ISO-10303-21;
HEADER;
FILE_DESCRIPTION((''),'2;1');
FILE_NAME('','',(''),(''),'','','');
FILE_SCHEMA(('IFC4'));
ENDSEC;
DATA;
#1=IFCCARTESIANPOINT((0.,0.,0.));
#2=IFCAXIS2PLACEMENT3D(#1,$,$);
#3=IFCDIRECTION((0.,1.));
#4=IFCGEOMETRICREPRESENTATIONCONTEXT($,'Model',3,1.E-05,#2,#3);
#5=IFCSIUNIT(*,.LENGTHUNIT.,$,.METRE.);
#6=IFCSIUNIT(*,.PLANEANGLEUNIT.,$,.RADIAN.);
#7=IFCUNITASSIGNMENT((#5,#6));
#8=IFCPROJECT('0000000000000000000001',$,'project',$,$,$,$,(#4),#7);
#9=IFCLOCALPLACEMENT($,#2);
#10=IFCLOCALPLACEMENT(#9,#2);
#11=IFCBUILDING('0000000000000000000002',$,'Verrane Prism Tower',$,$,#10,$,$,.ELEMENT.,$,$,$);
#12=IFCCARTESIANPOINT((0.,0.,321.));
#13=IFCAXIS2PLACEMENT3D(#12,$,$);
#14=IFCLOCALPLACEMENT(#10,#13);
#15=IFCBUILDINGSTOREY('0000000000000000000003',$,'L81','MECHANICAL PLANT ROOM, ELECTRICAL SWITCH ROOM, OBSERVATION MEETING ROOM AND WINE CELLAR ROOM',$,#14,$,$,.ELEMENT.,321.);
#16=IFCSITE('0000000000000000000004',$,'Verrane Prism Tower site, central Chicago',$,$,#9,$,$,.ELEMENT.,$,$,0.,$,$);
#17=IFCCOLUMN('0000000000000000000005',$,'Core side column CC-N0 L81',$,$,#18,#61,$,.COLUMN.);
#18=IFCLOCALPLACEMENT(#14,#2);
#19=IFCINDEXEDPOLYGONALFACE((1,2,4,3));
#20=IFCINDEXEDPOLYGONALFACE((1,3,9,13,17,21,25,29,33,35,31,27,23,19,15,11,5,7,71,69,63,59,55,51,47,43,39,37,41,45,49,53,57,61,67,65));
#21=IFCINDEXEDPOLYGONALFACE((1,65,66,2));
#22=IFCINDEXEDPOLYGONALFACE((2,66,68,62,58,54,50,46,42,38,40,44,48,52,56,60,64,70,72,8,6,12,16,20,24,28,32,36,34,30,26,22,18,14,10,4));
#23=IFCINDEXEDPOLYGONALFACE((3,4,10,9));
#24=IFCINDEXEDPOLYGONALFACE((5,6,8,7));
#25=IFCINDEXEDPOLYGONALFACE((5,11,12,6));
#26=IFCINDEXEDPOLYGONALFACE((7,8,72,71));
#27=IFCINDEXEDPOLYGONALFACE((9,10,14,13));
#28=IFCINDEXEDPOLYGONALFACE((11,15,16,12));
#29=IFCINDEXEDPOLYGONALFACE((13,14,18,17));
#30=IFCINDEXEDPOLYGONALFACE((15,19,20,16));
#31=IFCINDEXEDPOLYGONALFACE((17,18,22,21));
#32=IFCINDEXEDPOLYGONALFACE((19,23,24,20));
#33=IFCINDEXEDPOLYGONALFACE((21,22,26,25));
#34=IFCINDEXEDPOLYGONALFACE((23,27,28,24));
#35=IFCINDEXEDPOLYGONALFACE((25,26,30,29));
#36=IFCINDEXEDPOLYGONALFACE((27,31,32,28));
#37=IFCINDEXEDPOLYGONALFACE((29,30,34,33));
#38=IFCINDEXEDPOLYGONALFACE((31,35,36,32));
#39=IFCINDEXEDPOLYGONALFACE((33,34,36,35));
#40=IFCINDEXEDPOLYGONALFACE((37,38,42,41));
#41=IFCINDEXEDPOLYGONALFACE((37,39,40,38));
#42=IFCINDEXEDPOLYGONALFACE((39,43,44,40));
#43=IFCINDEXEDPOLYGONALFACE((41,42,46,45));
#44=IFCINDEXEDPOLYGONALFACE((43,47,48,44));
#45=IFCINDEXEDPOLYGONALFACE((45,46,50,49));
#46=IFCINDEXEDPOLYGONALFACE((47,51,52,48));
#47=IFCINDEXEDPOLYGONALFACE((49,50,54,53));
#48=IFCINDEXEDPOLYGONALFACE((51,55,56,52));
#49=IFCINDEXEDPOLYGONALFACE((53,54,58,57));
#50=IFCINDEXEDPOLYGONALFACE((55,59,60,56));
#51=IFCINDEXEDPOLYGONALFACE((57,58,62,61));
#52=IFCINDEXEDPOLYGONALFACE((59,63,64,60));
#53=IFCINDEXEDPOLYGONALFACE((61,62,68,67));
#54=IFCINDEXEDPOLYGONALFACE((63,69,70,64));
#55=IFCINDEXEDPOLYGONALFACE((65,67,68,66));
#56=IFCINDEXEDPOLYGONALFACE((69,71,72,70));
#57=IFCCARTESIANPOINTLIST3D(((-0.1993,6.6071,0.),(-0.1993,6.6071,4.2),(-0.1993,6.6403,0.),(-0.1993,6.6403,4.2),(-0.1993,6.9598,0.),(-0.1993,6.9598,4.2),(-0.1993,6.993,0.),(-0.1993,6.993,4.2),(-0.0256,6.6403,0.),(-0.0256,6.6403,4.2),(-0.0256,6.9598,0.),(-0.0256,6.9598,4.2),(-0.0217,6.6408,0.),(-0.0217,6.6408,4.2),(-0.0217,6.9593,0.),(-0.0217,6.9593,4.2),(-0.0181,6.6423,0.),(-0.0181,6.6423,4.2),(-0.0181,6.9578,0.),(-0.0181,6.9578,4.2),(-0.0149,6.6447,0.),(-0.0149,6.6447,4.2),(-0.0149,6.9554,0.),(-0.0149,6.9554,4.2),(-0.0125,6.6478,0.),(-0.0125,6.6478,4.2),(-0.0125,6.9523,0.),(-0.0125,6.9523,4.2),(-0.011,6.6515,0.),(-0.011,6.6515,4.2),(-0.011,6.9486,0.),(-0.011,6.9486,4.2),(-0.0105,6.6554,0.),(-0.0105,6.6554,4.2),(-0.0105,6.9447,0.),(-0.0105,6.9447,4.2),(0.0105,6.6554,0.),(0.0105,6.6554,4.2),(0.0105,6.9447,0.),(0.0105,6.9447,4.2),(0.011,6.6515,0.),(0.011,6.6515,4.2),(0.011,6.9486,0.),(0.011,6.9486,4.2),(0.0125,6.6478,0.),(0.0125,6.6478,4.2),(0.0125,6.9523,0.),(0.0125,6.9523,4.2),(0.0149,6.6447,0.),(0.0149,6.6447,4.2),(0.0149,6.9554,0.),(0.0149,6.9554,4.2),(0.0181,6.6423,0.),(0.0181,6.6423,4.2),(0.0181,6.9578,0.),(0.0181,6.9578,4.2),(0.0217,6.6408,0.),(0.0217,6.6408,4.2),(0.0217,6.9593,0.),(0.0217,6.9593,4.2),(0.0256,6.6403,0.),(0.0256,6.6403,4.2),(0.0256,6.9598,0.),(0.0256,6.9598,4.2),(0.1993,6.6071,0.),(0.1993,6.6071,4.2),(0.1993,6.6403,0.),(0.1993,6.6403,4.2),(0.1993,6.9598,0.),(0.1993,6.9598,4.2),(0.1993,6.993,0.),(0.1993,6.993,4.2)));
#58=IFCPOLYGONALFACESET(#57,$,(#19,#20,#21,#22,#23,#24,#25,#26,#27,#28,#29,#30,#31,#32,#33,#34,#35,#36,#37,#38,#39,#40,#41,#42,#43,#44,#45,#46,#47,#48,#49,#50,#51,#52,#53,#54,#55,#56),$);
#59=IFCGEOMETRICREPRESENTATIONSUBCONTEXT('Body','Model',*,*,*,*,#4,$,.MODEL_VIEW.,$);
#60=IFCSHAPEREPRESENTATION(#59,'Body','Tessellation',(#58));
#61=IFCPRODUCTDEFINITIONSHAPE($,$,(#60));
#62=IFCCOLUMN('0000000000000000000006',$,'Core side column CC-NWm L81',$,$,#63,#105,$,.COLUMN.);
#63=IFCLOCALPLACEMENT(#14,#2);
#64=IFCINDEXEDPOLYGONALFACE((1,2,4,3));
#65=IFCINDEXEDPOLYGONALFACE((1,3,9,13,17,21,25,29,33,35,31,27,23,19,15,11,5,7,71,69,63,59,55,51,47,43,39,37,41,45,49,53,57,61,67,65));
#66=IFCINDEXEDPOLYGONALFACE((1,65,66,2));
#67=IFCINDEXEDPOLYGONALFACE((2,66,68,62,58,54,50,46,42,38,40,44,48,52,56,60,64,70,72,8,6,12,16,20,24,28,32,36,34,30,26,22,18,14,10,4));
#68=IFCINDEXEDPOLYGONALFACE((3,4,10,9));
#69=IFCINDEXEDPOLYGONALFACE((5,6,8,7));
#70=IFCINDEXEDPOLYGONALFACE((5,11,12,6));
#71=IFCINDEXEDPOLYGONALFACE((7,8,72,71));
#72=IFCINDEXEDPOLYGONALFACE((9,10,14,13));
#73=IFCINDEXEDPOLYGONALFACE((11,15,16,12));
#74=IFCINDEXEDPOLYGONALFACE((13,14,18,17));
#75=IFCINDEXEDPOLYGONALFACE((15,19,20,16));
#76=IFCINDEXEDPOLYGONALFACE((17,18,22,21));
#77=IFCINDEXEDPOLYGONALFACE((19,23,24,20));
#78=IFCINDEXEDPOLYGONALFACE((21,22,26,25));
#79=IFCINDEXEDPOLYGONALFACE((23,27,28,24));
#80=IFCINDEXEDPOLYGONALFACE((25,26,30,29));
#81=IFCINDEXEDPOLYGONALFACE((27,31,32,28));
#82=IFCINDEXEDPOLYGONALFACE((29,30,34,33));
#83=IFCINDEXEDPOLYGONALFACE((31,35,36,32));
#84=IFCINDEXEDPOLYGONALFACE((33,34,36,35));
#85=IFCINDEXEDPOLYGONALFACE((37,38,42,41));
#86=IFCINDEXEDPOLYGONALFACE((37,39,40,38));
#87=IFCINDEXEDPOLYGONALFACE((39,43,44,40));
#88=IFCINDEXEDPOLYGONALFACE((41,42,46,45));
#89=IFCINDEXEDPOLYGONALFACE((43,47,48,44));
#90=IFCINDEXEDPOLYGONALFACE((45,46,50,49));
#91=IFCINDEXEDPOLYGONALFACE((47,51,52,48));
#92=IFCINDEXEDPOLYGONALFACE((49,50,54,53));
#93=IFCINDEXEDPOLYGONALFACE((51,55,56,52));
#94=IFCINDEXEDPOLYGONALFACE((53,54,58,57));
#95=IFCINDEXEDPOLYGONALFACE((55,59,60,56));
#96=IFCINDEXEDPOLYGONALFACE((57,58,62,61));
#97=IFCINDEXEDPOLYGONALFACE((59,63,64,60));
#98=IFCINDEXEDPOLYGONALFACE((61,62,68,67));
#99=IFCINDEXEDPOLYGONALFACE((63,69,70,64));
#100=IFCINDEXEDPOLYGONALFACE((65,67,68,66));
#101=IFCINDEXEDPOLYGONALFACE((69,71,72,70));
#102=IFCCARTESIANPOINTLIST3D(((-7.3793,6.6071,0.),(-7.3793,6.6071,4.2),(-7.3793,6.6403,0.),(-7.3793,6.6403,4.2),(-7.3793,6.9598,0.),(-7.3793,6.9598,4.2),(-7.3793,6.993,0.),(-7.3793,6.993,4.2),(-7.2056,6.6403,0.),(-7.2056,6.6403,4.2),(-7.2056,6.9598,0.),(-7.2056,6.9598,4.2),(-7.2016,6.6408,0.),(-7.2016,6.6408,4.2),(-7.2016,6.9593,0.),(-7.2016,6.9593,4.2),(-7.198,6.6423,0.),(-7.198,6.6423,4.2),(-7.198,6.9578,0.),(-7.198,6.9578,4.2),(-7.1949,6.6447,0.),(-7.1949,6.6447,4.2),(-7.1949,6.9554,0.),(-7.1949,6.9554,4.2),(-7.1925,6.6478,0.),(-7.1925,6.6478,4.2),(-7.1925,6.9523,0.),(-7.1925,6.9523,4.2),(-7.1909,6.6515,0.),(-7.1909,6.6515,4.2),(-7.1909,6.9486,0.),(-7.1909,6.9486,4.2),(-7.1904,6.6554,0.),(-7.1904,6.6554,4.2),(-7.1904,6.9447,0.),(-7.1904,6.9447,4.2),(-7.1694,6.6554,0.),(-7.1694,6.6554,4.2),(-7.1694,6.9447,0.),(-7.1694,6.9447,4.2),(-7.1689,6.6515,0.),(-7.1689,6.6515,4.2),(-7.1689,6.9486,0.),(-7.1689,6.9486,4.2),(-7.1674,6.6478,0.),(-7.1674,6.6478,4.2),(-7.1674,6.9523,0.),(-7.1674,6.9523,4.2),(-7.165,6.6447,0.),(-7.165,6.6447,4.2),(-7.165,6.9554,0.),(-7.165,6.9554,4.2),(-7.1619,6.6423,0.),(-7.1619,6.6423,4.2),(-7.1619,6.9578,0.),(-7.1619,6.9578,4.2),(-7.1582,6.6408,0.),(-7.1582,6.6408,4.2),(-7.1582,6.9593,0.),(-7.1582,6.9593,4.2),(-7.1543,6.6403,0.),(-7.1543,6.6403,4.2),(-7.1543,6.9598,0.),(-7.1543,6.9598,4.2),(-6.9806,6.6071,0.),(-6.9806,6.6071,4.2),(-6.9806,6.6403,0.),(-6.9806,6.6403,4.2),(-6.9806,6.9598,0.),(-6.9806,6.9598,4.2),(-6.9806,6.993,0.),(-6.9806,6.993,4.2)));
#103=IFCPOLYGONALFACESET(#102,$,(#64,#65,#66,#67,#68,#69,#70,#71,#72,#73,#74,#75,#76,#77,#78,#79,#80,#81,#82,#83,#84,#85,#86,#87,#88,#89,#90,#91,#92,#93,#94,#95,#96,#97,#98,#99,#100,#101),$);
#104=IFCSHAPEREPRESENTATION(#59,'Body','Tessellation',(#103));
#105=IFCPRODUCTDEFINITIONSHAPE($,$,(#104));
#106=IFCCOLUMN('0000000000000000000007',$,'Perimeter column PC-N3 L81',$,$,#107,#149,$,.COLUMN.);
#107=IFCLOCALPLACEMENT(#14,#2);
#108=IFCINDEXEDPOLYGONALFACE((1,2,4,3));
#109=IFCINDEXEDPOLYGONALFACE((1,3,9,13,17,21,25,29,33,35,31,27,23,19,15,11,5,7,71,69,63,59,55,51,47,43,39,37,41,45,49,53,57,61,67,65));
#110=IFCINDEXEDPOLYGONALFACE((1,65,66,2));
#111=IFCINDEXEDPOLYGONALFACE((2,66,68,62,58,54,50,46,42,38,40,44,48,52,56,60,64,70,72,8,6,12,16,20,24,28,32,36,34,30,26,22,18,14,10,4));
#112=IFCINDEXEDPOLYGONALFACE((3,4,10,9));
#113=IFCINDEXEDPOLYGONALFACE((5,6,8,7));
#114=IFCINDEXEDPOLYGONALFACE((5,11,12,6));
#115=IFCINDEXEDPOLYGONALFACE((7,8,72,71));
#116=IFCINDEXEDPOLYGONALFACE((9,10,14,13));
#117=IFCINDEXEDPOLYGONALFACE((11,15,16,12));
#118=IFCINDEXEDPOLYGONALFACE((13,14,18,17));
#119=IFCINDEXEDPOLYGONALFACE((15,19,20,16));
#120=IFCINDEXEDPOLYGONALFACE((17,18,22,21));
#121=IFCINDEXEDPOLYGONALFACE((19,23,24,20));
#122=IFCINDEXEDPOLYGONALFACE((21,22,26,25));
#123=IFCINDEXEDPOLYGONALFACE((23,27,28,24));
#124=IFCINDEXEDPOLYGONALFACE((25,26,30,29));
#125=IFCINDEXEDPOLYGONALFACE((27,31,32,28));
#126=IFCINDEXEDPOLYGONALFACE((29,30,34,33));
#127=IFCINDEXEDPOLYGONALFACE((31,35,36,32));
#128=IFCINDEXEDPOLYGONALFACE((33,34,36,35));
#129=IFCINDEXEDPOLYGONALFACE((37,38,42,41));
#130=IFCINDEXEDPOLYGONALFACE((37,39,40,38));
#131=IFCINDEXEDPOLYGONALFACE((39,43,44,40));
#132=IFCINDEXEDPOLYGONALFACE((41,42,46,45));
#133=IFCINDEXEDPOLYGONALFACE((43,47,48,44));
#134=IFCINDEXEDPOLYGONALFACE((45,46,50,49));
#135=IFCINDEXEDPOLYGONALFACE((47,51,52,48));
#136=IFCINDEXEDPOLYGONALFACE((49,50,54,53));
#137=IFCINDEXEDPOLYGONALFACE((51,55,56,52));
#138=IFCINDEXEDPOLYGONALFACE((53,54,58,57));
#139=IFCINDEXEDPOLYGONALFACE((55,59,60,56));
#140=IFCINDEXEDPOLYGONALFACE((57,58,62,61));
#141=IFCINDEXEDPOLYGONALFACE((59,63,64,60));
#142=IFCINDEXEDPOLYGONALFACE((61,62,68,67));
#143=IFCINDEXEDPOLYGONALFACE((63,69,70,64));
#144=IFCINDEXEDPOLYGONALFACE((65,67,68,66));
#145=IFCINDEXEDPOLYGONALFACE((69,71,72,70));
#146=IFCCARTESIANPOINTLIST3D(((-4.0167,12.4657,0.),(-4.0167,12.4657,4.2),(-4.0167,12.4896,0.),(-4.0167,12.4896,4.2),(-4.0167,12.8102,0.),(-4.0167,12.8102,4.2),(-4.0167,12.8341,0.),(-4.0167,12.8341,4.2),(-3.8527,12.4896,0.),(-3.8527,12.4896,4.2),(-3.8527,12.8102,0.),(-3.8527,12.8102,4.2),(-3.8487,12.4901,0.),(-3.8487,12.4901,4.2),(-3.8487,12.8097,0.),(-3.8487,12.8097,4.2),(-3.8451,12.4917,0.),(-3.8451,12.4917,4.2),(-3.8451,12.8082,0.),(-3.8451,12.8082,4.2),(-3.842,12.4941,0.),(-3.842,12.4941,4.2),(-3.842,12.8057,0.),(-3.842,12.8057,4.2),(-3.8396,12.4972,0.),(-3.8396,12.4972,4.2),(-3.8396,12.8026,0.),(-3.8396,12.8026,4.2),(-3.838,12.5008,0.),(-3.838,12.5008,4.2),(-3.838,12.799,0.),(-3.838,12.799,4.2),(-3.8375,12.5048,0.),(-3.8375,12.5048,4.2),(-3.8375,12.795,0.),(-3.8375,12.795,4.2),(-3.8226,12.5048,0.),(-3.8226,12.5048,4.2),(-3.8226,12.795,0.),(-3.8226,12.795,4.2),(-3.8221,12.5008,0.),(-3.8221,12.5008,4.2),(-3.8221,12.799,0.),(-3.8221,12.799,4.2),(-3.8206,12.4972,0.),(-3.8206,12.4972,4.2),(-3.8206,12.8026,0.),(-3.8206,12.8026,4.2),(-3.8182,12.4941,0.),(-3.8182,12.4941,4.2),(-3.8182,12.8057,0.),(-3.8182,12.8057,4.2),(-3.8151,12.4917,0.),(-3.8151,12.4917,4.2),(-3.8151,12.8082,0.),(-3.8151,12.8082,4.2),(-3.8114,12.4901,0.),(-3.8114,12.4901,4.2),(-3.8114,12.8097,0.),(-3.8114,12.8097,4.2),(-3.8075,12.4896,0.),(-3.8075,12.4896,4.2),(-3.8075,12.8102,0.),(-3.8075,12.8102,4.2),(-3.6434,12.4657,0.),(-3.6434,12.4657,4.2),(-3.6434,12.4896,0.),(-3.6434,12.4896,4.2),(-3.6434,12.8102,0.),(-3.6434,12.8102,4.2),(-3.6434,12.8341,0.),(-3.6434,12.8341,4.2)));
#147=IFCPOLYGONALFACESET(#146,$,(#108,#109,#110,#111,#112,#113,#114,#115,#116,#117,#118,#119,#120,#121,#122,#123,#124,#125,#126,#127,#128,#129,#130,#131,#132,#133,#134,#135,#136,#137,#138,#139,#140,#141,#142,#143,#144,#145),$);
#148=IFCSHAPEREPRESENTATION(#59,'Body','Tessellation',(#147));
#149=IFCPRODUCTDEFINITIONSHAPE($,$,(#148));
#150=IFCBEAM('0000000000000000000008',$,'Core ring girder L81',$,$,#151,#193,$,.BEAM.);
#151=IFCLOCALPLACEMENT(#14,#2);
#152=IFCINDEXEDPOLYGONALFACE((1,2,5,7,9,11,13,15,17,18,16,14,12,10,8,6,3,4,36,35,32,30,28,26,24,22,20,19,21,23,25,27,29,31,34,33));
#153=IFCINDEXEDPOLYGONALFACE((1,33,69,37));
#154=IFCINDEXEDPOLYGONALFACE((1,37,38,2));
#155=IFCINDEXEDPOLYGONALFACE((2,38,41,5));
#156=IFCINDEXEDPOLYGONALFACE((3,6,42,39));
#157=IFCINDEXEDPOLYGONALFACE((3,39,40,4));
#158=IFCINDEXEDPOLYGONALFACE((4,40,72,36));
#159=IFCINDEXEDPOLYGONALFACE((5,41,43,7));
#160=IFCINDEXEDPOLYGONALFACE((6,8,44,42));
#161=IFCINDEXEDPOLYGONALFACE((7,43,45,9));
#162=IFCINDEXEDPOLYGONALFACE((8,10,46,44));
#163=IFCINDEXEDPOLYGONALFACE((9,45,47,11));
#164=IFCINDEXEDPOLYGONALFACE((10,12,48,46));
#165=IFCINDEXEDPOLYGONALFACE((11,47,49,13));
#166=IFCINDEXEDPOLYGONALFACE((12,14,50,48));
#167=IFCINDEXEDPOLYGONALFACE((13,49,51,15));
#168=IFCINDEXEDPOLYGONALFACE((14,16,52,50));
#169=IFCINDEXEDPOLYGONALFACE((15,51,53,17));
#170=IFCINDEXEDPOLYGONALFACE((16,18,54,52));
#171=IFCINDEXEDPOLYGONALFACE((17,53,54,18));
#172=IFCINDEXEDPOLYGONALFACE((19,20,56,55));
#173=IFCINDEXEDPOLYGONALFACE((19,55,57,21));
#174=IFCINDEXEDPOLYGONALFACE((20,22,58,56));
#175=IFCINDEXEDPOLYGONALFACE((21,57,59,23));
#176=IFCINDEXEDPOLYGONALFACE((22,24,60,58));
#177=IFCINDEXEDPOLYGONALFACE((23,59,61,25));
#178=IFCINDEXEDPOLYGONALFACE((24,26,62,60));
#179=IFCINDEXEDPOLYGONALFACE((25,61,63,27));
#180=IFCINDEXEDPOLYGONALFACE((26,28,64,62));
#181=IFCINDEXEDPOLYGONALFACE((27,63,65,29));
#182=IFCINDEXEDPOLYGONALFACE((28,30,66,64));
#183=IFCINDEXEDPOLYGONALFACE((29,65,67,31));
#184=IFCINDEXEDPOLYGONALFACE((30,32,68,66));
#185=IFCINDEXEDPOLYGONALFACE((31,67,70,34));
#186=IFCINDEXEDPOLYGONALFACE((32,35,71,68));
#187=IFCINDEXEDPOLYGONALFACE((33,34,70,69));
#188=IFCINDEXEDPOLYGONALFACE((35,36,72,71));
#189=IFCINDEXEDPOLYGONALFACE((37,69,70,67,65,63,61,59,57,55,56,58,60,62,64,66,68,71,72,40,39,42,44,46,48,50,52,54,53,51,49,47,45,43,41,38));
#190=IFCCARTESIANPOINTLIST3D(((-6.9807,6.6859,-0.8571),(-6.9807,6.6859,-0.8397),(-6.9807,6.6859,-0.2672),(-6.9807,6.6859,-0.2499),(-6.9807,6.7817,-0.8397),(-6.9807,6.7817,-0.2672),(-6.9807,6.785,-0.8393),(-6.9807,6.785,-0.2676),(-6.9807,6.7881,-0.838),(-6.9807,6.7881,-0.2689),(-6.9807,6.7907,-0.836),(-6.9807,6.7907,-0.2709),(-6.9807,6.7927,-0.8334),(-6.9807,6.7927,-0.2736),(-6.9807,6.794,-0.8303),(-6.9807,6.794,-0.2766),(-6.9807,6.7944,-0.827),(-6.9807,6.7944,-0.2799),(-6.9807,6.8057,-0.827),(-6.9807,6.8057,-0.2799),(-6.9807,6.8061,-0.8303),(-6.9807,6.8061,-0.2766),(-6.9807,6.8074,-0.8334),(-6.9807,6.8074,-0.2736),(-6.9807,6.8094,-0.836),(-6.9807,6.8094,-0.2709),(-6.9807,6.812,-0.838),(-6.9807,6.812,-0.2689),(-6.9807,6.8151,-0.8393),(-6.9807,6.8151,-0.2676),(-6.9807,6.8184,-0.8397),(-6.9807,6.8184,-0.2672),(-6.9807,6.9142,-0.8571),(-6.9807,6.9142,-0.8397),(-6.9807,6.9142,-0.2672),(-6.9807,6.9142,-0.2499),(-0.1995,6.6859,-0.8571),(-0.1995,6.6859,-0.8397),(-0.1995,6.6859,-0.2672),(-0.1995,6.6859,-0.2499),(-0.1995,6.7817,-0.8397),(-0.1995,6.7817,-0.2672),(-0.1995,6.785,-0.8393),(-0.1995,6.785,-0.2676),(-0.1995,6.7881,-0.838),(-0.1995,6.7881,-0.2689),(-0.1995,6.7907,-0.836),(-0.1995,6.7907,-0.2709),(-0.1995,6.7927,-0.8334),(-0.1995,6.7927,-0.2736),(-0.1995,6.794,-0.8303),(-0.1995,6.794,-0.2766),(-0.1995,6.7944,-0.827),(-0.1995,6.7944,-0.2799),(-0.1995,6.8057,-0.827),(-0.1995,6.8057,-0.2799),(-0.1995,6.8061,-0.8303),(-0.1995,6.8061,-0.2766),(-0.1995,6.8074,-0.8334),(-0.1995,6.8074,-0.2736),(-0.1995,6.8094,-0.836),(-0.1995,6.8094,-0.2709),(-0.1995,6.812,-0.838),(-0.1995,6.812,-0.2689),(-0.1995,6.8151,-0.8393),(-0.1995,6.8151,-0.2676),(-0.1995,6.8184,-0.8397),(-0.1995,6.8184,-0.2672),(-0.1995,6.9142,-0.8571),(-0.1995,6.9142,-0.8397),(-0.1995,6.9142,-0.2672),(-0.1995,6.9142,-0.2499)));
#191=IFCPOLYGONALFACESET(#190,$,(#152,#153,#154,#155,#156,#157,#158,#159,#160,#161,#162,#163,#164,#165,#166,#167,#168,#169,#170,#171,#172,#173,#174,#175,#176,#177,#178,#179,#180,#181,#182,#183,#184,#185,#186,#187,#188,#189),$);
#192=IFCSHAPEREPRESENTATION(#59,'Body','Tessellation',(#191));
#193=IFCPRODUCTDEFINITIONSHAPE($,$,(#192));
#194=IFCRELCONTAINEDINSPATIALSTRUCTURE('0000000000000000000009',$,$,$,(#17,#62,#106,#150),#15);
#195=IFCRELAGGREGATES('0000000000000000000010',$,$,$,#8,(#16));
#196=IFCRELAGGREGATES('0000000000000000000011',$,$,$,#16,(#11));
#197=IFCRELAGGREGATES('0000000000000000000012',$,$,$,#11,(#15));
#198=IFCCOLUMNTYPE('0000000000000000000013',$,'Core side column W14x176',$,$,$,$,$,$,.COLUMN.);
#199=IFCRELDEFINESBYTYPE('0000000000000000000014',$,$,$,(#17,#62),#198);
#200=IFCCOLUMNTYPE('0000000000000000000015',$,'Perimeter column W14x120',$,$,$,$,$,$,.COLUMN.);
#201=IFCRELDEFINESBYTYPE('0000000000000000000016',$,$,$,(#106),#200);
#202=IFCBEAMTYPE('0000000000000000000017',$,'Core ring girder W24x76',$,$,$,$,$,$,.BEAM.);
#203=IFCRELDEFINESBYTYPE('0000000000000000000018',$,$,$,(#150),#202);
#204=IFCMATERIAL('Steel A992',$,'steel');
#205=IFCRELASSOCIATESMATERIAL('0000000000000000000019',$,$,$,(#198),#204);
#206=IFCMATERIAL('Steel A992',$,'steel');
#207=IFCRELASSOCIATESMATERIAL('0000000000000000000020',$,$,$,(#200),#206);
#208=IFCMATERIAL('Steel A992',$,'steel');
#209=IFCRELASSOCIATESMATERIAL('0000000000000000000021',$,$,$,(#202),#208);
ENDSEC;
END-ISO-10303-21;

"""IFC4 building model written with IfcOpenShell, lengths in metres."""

from ifc_helpers import new_model, si_unit, direction, frame, origin, origin_2d, place, context, subcontext, project, spatial, i_section, extrude, material, material_profile, profile_set, type_object, element, save


model = new_model("IFC4")

# Units and contexts
model_context = context("Model", 3, precision=1e-05, world=origin(), true_north=direction((0.0, 1.0)))
body_context = subcontext(model_context, "Body", "Model", "MODEL_VIEW")
ifc_project = project(units=[si_unit("LENGTHUNIT", "METRE"), si_unit("PLANEANGLEUNIT", "RADIAN")], contexts=[model_context])

# Site, building, storey
site_placement = place(None, origin())
site = spatial("IfcSite", under=ifc_project, at=site_placement, Name="Verrane Prism Tower site, central Chicago", CompositionType="ELEMENT", RefElevation=0.0)
building_placement = place(site_placement, origin())
building = spatial("IfcBuilding", under=site, at=building_placement, Name="Verrane Prism Tower", CompositionType="ELEMENT")
storey_placement = place(building_placement, frame((0.0, 0.0, 321.0)))
storey = spatial("IfcBuildingStorey", under=building, at=storey_placement, Name="L81", Description="MECHANICAL PLANT ROOM, ELECTRICAL SWITCH ROOM, OBSERVATION MEETING ROOM AND WINE CELLAR ROOM", CompositionType="ELEMENT", Elevation=321.0)

# Columns
ifc_material_1 = material(Name="Steel A992", Category="steel")
ifc_material_profile_1 = material_profile(ifc_material_1, i_section(OverallWidth=0.3987, OverallDepth=0.386, WebThickness=0.021, FlangeThickness=0.0332, FilletRadius=0.0151, at=origin_2d()), Name="W14x176")
ifc_profile_set_1 = profile_set([ifc_material_profile_1], Name="Steel A992")
column_type_1 = type_object("IfcColumnType", Name="Core side column W14x176", PredefinedType="COLUMN", material=ifc_profile_set_1)
for number, where, z_axis, x_axis, name in (
    (1, (0.0, 6.8, 0.0), (0.0, 0.0, 1.0), (1.0, 0.0, 0.0), "Core side column CC-N0 L81"),
    (2, (-7.1799, 6.8, 0.0), (0.0, 0.0, 1.0), (1.0, 0.0, 0.0), "Core side column CC-NWm L81"),
):
    element("IfcColumn", number, at=place(storey_placement, frame(where, z_axis=z_axis, x_axis=x_axis)), inside=storey, type_object=column_type_1, Name=name, PredefinedType="COLUMN", context=body_context, shape_type="SweptSolid", body=[
        extrude(i_section(OverallWidth=0.3987, OverallDepth=0.386, WebThickness=0.021, FlangeThickness=0.0332, FilletRadius=0.0151, at=origin_2d()), origin(), (0.0, 0.0, 1.0), 4.2),
    ])
ifc_material_2 = material(Name="Steel A992", Category="steel")
ifc_material_profile_2 = material_profile(ifc_material_2, i_section(OverallWidth=0.3733, OverallDepth=0.3684, WebThickness=0.0149, FlangeThickness=0.0239, FilletRadius=0.0151, at=origin_2d()), Name="W14x120")
ifc_profile_set_2 = profile_set([ifc_material_profile_2], Name="Steel A992")
column_type_2 = type_object("IfcColumnType", Name="Perimeter column W14x120", PredefinedType="COLUMN", material=ifc_profile_set_2)
column_placement = place(storey_placement, frame((-3.8301, 12.6499, 0.0), z_axis=(0.0, 0.0, 1.0), x_axis=(1.0, 0.0, 0.0)))
element("IfcColumn", 3, at=column_placement, inside=storey, type_object=column_type_2, Name="Perimeter column PC-N3 L81", PredefinedType="COLUMN", context=body_context, shape_type="SweptSolid", body=[
    extrude(i_section(OverallWidth=0.3733, OverallDepth=0.3684, WebThickness=0.0149, FlangeThickness=0.0239, FilletRadius=0.0151, at=origin_2d()), origin(), (0.0, 0.0, 1.0), 4.2),
])

# Beam
ifc_material_3 = material(Name="Steel A992", Category="steel")
ifc_material_profile_3 = material_profile(ifc_material_3, i_section(OverallWidth=0.2283, OverallDepth=0.6072, WebThickness=0.0112, FlangeThickness=0.0173, FilletRadius=0.0127, at=origin_2d()), Name="W24x76")
ifc_profile_set_3 = profile_set([ifc_material_profile_3], Name="Steel A992")
beam_type_1 = type_object("IfcBeamType", Name="Core ring girder W24x76", PredefinedType="BEAM", material=ifc_profile_set_3)
beam_1_placement = place(storey_placement, frame((-0.1995, 6.8, -0.5535), z_axis=(-1.0, 0.0, 0.0), x_axis=(0.0, -1.0, 0.0)))
element("IfcBeam", 4, at=beam_1_placement, inside=storey, type_object=beam_type_1, Name="Core ring girder L81", PredefinedType="BEAM", context=body_context, shape_type="SweptSolid", body=[
    extrude(i_section(OverallWidth=0.2283, OverallDepth=0.6072, WebThickness=0.0112, FlangeThickness=0.0173, FilletRadius=0.0127, at=origin_2d()), origin(), (0.0, 0.0, 1.0), 6.7812),
])

save(model, "model.ifc")
